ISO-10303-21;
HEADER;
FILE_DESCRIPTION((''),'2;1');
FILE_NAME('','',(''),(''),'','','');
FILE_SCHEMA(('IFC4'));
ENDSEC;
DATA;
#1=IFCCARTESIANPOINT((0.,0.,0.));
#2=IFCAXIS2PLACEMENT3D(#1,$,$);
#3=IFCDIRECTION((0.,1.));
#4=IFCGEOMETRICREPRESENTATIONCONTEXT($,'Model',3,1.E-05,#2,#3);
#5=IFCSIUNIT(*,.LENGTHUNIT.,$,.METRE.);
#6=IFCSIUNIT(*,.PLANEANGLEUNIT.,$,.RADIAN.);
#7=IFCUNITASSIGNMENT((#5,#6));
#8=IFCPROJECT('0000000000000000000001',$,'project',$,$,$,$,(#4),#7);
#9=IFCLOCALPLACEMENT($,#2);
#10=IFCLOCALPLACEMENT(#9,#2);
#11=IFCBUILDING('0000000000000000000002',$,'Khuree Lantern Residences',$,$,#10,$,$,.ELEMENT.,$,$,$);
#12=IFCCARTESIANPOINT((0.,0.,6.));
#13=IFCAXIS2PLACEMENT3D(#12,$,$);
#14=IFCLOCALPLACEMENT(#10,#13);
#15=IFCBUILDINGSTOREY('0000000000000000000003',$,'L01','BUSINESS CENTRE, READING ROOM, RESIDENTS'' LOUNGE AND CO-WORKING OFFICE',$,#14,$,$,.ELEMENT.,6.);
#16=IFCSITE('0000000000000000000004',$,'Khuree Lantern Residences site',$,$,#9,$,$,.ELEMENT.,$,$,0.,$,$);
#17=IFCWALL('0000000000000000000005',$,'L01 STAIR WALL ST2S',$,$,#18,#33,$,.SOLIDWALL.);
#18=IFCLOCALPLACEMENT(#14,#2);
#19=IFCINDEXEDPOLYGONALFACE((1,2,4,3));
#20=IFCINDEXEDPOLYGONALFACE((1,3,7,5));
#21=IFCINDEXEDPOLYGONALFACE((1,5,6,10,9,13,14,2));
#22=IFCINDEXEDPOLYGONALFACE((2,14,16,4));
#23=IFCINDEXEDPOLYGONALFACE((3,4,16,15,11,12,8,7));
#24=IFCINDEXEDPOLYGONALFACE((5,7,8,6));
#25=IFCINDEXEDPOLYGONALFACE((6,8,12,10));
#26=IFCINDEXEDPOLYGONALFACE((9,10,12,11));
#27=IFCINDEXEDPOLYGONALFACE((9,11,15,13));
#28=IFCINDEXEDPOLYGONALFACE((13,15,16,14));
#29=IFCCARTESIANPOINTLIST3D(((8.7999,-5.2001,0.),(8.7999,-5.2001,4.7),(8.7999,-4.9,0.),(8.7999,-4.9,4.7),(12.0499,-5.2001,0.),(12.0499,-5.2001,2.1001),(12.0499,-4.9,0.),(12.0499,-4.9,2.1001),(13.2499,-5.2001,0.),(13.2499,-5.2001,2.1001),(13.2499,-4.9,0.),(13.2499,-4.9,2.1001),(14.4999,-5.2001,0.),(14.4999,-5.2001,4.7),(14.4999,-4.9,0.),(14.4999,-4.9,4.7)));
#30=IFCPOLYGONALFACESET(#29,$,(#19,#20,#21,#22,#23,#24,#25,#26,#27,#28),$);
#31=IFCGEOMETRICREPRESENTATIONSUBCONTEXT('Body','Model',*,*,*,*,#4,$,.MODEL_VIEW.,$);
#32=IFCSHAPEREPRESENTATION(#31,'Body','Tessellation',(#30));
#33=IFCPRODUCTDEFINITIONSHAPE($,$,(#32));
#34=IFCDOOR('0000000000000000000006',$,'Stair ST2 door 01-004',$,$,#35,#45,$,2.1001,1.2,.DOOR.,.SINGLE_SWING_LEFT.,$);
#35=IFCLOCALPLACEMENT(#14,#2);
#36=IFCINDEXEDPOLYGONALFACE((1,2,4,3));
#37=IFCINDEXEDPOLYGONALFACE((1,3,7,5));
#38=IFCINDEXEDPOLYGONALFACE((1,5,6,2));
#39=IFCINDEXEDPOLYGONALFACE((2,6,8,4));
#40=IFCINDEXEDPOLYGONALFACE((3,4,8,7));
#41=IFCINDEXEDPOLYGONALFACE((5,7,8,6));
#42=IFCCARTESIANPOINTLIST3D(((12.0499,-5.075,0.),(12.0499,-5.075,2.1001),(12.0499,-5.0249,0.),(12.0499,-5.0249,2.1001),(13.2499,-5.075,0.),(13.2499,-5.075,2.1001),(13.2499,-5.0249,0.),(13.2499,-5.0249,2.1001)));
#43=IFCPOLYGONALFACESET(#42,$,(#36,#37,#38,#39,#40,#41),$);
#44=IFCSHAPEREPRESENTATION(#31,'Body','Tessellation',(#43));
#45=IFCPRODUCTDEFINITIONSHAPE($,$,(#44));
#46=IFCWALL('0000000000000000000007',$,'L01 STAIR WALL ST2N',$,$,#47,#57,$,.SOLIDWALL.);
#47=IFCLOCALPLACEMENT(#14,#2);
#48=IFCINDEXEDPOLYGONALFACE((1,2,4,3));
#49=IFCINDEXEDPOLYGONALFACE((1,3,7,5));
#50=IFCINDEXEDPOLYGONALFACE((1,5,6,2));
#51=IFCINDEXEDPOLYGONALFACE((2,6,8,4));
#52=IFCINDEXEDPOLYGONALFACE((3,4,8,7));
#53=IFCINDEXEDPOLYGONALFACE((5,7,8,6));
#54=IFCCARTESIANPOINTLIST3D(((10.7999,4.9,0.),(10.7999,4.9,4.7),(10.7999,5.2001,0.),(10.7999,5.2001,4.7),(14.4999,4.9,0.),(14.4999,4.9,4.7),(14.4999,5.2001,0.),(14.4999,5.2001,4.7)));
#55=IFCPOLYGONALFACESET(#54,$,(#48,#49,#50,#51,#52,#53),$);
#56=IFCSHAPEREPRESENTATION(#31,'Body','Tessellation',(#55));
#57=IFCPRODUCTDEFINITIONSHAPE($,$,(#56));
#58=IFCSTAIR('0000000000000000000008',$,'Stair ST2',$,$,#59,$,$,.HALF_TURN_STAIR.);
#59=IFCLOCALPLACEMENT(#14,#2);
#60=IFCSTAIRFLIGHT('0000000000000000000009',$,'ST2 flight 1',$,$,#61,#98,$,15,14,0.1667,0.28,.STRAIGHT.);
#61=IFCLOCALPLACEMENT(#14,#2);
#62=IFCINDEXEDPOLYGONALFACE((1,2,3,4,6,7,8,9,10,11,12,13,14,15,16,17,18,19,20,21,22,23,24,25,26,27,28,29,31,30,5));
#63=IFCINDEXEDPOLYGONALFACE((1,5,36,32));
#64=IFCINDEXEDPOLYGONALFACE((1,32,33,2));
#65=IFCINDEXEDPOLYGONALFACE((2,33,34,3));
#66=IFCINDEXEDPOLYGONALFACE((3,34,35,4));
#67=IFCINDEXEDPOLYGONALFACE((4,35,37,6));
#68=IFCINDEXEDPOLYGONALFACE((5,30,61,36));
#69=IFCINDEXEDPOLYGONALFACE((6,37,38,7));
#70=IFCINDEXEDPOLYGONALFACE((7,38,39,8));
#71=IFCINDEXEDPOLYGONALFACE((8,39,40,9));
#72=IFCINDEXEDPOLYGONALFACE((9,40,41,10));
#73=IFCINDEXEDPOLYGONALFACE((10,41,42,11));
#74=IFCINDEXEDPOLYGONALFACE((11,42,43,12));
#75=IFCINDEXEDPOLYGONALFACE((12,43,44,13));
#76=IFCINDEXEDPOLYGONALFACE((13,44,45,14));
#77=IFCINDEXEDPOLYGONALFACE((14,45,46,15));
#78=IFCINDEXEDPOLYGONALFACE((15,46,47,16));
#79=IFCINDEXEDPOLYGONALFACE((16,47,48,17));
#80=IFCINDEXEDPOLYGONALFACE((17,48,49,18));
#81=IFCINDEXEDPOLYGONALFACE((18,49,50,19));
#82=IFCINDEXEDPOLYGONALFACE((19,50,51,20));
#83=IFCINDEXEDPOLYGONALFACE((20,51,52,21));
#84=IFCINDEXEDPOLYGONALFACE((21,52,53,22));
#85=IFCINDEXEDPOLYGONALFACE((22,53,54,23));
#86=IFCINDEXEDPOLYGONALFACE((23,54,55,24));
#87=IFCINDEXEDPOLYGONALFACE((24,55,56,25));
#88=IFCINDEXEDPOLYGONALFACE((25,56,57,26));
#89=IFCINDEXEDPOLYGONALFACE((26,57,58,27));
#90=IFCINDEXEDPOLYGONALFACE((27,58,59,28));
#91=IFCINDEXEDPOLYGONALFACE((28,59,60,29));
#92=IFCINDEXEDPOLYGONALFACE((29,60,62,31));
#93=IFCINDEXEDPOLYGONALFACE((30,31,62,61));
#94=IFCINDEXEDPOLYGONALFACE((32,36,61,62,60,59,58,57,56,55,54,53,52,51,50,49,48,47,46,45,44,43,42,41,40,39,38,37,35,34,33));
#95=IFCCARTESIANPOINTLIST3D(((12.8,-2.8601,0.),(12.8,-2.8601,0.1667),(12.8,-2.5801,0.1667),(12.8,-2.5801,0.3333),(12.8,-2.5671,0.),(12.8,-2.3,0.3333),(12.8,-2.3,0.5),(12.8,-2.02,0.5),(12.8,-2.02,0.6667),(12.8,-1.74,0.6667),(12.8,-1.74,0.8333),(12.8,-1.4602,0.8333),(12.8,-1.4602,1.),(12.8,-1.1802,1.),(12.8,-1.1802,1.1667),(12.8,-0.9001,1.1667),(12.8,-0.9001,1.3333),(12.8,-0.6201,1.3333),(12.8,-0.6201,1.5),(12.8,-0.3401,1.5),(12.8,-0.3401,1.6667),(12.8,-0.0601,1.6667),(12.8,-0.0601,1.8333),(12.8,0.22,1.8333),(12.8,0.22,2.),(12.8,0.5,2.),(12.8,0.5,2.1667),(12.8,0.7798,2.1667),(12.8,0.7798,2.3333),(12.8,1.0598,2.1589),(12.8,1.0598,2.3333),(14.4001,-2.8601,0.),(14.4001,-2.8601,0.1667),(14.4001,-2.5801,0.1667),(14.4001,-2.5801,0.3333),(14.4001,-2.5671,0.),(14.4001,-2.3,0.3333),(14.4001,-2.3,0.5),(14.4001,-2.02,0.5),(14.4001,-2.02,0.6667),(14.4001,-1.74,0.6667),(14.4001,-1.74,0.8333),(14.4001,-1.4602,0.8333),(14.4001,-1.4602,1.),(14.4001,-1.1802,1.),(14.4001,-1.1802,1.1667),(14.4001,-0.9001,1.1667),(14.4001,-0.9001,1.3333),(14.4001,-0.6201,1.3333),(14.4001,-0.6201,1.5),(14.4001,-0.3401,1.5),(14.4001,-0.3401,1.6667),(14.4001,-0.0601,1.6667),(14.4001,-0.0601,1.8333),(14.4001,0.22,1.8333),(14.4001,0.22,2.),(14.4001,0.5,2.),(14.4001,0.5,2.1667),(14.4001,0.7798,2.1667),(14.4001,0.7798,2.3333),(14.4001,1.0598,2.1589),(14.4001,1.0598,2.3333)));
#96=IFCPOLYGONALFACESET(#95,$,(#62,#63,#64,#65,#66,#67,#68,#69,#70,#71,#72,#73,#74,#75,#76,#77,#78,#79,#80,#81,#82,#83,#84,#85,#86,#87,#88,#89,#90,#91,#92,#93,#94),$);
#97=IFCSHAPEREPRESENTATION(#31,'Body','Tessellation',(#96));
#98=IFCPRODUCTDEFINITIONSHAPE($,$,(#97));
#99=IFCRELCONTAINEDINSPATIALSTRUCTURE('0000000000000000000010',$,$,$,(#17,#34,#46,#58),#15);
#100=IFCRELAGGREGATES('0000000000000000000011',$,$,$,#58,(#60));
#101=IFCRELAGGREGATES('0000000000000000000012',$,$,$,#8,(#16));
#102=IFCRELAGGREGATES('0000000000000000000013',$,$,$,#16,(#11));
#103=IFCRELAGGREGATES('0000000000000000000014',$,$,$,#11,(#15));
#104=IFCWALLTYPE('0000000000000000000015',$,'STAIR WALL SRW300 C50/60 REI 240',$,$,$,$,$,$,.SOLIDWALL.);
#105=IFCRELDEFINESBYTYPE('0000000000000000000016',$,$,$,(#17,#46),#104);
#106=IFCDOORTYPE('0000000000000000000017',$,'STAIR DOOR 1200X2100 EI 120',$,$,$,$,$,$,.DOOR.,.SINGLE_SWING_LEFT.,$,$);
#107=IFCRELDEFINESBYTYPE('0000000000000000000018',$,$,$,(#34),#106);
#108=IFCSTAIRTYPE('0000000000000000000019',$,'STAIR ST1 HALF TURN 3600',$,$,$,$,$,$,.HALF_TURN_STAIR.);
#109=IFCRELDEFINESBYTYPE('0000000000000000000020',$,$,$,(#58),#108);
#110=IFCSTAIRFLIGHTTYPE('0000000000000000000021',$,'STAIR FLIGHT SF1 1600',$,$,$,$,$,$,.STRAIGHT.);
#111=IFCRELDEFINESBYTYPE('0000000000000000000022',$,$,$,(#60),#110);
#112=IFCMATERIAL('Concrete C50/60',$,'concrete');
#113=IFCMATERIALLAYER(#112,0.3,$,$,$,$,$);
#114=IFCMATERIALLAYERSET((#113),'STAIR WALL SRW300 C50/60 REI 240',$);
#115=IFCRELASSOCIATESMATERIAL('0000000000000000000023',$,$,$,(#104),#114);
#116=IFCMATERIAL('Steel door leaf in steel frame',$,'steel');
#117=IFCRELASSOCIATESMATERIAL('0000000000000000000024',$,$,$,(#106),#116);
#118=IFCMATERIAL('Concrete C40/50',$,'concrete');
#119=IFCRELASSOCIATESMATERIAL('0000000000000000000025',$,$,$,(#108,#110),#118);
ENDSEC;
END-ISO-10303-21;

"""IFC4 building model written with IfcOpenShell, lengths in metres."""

from ifc_helpers import new_model, si_unit, direction, frame, frame_2d, origin, place, context, subcontext, project, spatial, polyline, rectangle, outline, extrude, material, layer, layer_set, type_object, element, fill, aggregate, save


model = new_model("IFC4")

# Units and contexts
model_context = context("Model", 3, precision=1e-05, world=origin(), true_north=direction((0.0, 1.0)))
body_context = subcontext(model_context, "Body", "Model", "MODEL_VIEW")
ifc_project = project(units=[si_unit("LENGTHUNIT", "METRE"), si_unit("PLANEANGLEUNIT", "RADIAN")], contexts=[model_context])

# Site, building, storey
site_placement = place(None, origin())
site = spatial("IfcSite", under=ifc_project, at=site_placement, Name="Khuree Lantern Residences site", CompositionType="ELEMENT", RefElevation=0.0)
building_placement = place(site_placement, origin())
building = spatial("IfcBuilding", under=site, at=building_placement, Name="Khuree Lantern Residences", CompositionType="ELEMENT")
storey_placement = place(building_placement, frame((0.0, 0.0, 6.0)))
storey = spatial("IfcBuildingStorey", under=building, at=storey_placement, Name="L01", Description="BUSINESS CENTRE, READING ROOM, RESIDENTS' LOUNGE AND CO-WORKING OFFICE", CompositionType="ELEMENT", Elevation=6.0)

# Shared definitions
ifc_material_1 = material(Name="Concrete C40/50", Category="concrete")

# Shared definitions
ifc_material_2 = material(Name="Steel door leaf in steel frame", Category="steel")

# Wall, opening, door
ifc_material_3 = material(Name="Concrete C50/60", Category="concrete")
ifc_layer_1 = layer(ifc_material_3, 0.3)
ifc_layer_set_1 = layer_set([ifc_layer_1], Name="STAIR WALL SRW300 C50/60 REI 240")
wall_type_1 = type_object("IfcWallType", Name="STAIR WALL SRW300 C50/60 REI 240", PredefinedType="SOLIDWALL", material=ifc_layer_set_1)
wall_1_placement = place(storey_placement, frame((14.5, -5.05, 0.0), z_axis=(0.0, 0.0, 1.0), x_axis=(-1.0, 0.0, 0.0)))
wall_1 = element("IfcWall", 1, at=wall_1_placement, inside=storey, type_object=wall_type_1, Name="L01 STAIR WALL ST2S", PredefinedType="SOLIDWALL", context=body_context, shape_type="SweptSolid", body=[
    extrude(rectangle(XDim=5.7, YDim=0.3, at=frame_2d((2.8501, 0.0))), origin(), (0.0, 0.0, 1.0), 4.7),
])
opening_1_placement = place(wall_1_placement, frame((1.25, 0.0, 0.0)))
opening_1 = element("IfcOpeningElement", 2, at=opening_1_placement, cuts=wall_1, PredefinedType="OPENING", context=body_context, shape_type="SweptSolid", body=[
    extrude(rectangle(XDim=1.2, YDim=2.1001, at=frame_2d((0.6001, 1.05))), frame((0.0, 0.1602, 0.0), z_axis=(0.0, -1.0, 0.0), x_axis=(1.0, 0.0, 0.0)), (0.0, 0.0, 1.0), 0.3201),
])
door_type_1 = type_object("IfcDoorType", Name="STAIR DOOR 1200X2100 EI 120", OperationType="SINGLE_SWING_LEFT", PredefinedType="DOOR", material=ifc_material_2)
door_1_placement = place(opening_1_placement, origin())
door_1 = element("IfcDoor", 3, at=door_1_placement, inside=storey, type_object=door_type_1, Name="Stair ST2 door 01-004", OperationType="SINGLE_SWING_LEFT", OverallHeight=2.1001, OverallWidth=1.2, PredefinedType="DOOR", context=body_context, shape_type="SweptSolid", body=[
    extrude(rectangle(XDim=1.2, YDim=2.1001, at=frame_2d((0.6001, 1.05))), frame((0.0, 0.0249, 0.0), z_axis=(0.0, -1.0, 0.0), x_axis=(1.0, 0.0, 0.0)), (0.0, 0.0, 1.0), 0.05),
])
fill(opening_1, door_1)

# Wall
wall_2_placement = place(storey_placement, frame((14.5, 5.05, 0.0), z_axis=(0.0, 0.0, 1.0), x_axis=(-1.0, 0.0, 0.0)))
element("IfcWall", 4, at=wall_2_placement, inside=storey, type_object=wall_type_1, Name="L01 STAIR WALL ST2N", PredefinedType="SOLIDWALL", context=body_context, shape_type="SweptSolid", body=[
    extrude(rectangle(XDim=3.7, YDim=0.3, at=frame_2d((1.8501, 0.0))), origin(), (0.0, 0.0, 1.0), 4.7),
])

# Stair, stair flight
stair_type = type_object("IfcStairType", Name="STAIR ST1 HALF TURN 3600", PredefinedType="HALF_TURN_STAIR", material=ifc_material_1)
stair_placement = place(storey_placement, origin())
stair = element("IfcStair", 5, at=stair_placement, inside=storey, type_object=stair_type, Name="Stair ST2", PredefinedType="HALF_TURN_STAIR")
stair_flight_type = type_object("IfcStairFlightType", Name="STAIR FLIGHT SF1 1600", PredefinedType="STRAIGHT", material=ifc_material_1)
stair_flight_placement = place(storey_placement, frame((13.6001, -2.8601, 0.0), z_axis=(0.0, 0.0, 1.0), x_axis=(0.0, 1.0, 0.0)))
stair_flight = element("IfcStairFlight", 6, at=stair_flight_placement, type_object=stair_flight_type, Name="ST2 flight 1", NumberOfRisers=15, NumberOfTreads=14, PredefinedType="STRAIGHT", RiserHeight=0.1667, TreadLength=0.28, context=body_context, shape_type="SweptSolid", body=[
    extrude(outline(polyline([(0.0, 0.0), (0.0, 0.1667), (0.28, 0.1667), (0.28, 0.3333), (0.5601, 0.3333), (0.5601, 0.5), (0.8401, 0.5), (0.8401, 0.6667), (1.1201, 0.6667), (1.1201, 0.8333), (1.3999, 0.8333), (1.3999, 1.0), (1.6799, 1.0), (1.6799, 1.1667), (1.96, 1.1667), (1.96, 1.3333), (2.24, 1.3333), (2.24, 1.5), (2.52, 1.5), (2.52, 1.6667), (2.8, 1.6667), (2.8, 1.8333), (3.0801, 1.8333), (3.0801, 2.0), (3.3601, 2.0), (3.3601, 2.1667), (3.6399, 2.1667), (3.6399, 2.3333), (3.9199, 2.3333), (3.9199, 2.5), (3.9199, 2.1589), (0.293, 0.0), (0.0, 0.0)])), frame((0.0, 0.8, 0.0), z_axis=(0.0, -1.0, 0.0), x_axis=(1.0, 0.0, 0.0)), (0.0, 0.0, 1.0), 1.6001),
])
aggregate(stair, [stair_flight])

save(model, "model.ifc")
